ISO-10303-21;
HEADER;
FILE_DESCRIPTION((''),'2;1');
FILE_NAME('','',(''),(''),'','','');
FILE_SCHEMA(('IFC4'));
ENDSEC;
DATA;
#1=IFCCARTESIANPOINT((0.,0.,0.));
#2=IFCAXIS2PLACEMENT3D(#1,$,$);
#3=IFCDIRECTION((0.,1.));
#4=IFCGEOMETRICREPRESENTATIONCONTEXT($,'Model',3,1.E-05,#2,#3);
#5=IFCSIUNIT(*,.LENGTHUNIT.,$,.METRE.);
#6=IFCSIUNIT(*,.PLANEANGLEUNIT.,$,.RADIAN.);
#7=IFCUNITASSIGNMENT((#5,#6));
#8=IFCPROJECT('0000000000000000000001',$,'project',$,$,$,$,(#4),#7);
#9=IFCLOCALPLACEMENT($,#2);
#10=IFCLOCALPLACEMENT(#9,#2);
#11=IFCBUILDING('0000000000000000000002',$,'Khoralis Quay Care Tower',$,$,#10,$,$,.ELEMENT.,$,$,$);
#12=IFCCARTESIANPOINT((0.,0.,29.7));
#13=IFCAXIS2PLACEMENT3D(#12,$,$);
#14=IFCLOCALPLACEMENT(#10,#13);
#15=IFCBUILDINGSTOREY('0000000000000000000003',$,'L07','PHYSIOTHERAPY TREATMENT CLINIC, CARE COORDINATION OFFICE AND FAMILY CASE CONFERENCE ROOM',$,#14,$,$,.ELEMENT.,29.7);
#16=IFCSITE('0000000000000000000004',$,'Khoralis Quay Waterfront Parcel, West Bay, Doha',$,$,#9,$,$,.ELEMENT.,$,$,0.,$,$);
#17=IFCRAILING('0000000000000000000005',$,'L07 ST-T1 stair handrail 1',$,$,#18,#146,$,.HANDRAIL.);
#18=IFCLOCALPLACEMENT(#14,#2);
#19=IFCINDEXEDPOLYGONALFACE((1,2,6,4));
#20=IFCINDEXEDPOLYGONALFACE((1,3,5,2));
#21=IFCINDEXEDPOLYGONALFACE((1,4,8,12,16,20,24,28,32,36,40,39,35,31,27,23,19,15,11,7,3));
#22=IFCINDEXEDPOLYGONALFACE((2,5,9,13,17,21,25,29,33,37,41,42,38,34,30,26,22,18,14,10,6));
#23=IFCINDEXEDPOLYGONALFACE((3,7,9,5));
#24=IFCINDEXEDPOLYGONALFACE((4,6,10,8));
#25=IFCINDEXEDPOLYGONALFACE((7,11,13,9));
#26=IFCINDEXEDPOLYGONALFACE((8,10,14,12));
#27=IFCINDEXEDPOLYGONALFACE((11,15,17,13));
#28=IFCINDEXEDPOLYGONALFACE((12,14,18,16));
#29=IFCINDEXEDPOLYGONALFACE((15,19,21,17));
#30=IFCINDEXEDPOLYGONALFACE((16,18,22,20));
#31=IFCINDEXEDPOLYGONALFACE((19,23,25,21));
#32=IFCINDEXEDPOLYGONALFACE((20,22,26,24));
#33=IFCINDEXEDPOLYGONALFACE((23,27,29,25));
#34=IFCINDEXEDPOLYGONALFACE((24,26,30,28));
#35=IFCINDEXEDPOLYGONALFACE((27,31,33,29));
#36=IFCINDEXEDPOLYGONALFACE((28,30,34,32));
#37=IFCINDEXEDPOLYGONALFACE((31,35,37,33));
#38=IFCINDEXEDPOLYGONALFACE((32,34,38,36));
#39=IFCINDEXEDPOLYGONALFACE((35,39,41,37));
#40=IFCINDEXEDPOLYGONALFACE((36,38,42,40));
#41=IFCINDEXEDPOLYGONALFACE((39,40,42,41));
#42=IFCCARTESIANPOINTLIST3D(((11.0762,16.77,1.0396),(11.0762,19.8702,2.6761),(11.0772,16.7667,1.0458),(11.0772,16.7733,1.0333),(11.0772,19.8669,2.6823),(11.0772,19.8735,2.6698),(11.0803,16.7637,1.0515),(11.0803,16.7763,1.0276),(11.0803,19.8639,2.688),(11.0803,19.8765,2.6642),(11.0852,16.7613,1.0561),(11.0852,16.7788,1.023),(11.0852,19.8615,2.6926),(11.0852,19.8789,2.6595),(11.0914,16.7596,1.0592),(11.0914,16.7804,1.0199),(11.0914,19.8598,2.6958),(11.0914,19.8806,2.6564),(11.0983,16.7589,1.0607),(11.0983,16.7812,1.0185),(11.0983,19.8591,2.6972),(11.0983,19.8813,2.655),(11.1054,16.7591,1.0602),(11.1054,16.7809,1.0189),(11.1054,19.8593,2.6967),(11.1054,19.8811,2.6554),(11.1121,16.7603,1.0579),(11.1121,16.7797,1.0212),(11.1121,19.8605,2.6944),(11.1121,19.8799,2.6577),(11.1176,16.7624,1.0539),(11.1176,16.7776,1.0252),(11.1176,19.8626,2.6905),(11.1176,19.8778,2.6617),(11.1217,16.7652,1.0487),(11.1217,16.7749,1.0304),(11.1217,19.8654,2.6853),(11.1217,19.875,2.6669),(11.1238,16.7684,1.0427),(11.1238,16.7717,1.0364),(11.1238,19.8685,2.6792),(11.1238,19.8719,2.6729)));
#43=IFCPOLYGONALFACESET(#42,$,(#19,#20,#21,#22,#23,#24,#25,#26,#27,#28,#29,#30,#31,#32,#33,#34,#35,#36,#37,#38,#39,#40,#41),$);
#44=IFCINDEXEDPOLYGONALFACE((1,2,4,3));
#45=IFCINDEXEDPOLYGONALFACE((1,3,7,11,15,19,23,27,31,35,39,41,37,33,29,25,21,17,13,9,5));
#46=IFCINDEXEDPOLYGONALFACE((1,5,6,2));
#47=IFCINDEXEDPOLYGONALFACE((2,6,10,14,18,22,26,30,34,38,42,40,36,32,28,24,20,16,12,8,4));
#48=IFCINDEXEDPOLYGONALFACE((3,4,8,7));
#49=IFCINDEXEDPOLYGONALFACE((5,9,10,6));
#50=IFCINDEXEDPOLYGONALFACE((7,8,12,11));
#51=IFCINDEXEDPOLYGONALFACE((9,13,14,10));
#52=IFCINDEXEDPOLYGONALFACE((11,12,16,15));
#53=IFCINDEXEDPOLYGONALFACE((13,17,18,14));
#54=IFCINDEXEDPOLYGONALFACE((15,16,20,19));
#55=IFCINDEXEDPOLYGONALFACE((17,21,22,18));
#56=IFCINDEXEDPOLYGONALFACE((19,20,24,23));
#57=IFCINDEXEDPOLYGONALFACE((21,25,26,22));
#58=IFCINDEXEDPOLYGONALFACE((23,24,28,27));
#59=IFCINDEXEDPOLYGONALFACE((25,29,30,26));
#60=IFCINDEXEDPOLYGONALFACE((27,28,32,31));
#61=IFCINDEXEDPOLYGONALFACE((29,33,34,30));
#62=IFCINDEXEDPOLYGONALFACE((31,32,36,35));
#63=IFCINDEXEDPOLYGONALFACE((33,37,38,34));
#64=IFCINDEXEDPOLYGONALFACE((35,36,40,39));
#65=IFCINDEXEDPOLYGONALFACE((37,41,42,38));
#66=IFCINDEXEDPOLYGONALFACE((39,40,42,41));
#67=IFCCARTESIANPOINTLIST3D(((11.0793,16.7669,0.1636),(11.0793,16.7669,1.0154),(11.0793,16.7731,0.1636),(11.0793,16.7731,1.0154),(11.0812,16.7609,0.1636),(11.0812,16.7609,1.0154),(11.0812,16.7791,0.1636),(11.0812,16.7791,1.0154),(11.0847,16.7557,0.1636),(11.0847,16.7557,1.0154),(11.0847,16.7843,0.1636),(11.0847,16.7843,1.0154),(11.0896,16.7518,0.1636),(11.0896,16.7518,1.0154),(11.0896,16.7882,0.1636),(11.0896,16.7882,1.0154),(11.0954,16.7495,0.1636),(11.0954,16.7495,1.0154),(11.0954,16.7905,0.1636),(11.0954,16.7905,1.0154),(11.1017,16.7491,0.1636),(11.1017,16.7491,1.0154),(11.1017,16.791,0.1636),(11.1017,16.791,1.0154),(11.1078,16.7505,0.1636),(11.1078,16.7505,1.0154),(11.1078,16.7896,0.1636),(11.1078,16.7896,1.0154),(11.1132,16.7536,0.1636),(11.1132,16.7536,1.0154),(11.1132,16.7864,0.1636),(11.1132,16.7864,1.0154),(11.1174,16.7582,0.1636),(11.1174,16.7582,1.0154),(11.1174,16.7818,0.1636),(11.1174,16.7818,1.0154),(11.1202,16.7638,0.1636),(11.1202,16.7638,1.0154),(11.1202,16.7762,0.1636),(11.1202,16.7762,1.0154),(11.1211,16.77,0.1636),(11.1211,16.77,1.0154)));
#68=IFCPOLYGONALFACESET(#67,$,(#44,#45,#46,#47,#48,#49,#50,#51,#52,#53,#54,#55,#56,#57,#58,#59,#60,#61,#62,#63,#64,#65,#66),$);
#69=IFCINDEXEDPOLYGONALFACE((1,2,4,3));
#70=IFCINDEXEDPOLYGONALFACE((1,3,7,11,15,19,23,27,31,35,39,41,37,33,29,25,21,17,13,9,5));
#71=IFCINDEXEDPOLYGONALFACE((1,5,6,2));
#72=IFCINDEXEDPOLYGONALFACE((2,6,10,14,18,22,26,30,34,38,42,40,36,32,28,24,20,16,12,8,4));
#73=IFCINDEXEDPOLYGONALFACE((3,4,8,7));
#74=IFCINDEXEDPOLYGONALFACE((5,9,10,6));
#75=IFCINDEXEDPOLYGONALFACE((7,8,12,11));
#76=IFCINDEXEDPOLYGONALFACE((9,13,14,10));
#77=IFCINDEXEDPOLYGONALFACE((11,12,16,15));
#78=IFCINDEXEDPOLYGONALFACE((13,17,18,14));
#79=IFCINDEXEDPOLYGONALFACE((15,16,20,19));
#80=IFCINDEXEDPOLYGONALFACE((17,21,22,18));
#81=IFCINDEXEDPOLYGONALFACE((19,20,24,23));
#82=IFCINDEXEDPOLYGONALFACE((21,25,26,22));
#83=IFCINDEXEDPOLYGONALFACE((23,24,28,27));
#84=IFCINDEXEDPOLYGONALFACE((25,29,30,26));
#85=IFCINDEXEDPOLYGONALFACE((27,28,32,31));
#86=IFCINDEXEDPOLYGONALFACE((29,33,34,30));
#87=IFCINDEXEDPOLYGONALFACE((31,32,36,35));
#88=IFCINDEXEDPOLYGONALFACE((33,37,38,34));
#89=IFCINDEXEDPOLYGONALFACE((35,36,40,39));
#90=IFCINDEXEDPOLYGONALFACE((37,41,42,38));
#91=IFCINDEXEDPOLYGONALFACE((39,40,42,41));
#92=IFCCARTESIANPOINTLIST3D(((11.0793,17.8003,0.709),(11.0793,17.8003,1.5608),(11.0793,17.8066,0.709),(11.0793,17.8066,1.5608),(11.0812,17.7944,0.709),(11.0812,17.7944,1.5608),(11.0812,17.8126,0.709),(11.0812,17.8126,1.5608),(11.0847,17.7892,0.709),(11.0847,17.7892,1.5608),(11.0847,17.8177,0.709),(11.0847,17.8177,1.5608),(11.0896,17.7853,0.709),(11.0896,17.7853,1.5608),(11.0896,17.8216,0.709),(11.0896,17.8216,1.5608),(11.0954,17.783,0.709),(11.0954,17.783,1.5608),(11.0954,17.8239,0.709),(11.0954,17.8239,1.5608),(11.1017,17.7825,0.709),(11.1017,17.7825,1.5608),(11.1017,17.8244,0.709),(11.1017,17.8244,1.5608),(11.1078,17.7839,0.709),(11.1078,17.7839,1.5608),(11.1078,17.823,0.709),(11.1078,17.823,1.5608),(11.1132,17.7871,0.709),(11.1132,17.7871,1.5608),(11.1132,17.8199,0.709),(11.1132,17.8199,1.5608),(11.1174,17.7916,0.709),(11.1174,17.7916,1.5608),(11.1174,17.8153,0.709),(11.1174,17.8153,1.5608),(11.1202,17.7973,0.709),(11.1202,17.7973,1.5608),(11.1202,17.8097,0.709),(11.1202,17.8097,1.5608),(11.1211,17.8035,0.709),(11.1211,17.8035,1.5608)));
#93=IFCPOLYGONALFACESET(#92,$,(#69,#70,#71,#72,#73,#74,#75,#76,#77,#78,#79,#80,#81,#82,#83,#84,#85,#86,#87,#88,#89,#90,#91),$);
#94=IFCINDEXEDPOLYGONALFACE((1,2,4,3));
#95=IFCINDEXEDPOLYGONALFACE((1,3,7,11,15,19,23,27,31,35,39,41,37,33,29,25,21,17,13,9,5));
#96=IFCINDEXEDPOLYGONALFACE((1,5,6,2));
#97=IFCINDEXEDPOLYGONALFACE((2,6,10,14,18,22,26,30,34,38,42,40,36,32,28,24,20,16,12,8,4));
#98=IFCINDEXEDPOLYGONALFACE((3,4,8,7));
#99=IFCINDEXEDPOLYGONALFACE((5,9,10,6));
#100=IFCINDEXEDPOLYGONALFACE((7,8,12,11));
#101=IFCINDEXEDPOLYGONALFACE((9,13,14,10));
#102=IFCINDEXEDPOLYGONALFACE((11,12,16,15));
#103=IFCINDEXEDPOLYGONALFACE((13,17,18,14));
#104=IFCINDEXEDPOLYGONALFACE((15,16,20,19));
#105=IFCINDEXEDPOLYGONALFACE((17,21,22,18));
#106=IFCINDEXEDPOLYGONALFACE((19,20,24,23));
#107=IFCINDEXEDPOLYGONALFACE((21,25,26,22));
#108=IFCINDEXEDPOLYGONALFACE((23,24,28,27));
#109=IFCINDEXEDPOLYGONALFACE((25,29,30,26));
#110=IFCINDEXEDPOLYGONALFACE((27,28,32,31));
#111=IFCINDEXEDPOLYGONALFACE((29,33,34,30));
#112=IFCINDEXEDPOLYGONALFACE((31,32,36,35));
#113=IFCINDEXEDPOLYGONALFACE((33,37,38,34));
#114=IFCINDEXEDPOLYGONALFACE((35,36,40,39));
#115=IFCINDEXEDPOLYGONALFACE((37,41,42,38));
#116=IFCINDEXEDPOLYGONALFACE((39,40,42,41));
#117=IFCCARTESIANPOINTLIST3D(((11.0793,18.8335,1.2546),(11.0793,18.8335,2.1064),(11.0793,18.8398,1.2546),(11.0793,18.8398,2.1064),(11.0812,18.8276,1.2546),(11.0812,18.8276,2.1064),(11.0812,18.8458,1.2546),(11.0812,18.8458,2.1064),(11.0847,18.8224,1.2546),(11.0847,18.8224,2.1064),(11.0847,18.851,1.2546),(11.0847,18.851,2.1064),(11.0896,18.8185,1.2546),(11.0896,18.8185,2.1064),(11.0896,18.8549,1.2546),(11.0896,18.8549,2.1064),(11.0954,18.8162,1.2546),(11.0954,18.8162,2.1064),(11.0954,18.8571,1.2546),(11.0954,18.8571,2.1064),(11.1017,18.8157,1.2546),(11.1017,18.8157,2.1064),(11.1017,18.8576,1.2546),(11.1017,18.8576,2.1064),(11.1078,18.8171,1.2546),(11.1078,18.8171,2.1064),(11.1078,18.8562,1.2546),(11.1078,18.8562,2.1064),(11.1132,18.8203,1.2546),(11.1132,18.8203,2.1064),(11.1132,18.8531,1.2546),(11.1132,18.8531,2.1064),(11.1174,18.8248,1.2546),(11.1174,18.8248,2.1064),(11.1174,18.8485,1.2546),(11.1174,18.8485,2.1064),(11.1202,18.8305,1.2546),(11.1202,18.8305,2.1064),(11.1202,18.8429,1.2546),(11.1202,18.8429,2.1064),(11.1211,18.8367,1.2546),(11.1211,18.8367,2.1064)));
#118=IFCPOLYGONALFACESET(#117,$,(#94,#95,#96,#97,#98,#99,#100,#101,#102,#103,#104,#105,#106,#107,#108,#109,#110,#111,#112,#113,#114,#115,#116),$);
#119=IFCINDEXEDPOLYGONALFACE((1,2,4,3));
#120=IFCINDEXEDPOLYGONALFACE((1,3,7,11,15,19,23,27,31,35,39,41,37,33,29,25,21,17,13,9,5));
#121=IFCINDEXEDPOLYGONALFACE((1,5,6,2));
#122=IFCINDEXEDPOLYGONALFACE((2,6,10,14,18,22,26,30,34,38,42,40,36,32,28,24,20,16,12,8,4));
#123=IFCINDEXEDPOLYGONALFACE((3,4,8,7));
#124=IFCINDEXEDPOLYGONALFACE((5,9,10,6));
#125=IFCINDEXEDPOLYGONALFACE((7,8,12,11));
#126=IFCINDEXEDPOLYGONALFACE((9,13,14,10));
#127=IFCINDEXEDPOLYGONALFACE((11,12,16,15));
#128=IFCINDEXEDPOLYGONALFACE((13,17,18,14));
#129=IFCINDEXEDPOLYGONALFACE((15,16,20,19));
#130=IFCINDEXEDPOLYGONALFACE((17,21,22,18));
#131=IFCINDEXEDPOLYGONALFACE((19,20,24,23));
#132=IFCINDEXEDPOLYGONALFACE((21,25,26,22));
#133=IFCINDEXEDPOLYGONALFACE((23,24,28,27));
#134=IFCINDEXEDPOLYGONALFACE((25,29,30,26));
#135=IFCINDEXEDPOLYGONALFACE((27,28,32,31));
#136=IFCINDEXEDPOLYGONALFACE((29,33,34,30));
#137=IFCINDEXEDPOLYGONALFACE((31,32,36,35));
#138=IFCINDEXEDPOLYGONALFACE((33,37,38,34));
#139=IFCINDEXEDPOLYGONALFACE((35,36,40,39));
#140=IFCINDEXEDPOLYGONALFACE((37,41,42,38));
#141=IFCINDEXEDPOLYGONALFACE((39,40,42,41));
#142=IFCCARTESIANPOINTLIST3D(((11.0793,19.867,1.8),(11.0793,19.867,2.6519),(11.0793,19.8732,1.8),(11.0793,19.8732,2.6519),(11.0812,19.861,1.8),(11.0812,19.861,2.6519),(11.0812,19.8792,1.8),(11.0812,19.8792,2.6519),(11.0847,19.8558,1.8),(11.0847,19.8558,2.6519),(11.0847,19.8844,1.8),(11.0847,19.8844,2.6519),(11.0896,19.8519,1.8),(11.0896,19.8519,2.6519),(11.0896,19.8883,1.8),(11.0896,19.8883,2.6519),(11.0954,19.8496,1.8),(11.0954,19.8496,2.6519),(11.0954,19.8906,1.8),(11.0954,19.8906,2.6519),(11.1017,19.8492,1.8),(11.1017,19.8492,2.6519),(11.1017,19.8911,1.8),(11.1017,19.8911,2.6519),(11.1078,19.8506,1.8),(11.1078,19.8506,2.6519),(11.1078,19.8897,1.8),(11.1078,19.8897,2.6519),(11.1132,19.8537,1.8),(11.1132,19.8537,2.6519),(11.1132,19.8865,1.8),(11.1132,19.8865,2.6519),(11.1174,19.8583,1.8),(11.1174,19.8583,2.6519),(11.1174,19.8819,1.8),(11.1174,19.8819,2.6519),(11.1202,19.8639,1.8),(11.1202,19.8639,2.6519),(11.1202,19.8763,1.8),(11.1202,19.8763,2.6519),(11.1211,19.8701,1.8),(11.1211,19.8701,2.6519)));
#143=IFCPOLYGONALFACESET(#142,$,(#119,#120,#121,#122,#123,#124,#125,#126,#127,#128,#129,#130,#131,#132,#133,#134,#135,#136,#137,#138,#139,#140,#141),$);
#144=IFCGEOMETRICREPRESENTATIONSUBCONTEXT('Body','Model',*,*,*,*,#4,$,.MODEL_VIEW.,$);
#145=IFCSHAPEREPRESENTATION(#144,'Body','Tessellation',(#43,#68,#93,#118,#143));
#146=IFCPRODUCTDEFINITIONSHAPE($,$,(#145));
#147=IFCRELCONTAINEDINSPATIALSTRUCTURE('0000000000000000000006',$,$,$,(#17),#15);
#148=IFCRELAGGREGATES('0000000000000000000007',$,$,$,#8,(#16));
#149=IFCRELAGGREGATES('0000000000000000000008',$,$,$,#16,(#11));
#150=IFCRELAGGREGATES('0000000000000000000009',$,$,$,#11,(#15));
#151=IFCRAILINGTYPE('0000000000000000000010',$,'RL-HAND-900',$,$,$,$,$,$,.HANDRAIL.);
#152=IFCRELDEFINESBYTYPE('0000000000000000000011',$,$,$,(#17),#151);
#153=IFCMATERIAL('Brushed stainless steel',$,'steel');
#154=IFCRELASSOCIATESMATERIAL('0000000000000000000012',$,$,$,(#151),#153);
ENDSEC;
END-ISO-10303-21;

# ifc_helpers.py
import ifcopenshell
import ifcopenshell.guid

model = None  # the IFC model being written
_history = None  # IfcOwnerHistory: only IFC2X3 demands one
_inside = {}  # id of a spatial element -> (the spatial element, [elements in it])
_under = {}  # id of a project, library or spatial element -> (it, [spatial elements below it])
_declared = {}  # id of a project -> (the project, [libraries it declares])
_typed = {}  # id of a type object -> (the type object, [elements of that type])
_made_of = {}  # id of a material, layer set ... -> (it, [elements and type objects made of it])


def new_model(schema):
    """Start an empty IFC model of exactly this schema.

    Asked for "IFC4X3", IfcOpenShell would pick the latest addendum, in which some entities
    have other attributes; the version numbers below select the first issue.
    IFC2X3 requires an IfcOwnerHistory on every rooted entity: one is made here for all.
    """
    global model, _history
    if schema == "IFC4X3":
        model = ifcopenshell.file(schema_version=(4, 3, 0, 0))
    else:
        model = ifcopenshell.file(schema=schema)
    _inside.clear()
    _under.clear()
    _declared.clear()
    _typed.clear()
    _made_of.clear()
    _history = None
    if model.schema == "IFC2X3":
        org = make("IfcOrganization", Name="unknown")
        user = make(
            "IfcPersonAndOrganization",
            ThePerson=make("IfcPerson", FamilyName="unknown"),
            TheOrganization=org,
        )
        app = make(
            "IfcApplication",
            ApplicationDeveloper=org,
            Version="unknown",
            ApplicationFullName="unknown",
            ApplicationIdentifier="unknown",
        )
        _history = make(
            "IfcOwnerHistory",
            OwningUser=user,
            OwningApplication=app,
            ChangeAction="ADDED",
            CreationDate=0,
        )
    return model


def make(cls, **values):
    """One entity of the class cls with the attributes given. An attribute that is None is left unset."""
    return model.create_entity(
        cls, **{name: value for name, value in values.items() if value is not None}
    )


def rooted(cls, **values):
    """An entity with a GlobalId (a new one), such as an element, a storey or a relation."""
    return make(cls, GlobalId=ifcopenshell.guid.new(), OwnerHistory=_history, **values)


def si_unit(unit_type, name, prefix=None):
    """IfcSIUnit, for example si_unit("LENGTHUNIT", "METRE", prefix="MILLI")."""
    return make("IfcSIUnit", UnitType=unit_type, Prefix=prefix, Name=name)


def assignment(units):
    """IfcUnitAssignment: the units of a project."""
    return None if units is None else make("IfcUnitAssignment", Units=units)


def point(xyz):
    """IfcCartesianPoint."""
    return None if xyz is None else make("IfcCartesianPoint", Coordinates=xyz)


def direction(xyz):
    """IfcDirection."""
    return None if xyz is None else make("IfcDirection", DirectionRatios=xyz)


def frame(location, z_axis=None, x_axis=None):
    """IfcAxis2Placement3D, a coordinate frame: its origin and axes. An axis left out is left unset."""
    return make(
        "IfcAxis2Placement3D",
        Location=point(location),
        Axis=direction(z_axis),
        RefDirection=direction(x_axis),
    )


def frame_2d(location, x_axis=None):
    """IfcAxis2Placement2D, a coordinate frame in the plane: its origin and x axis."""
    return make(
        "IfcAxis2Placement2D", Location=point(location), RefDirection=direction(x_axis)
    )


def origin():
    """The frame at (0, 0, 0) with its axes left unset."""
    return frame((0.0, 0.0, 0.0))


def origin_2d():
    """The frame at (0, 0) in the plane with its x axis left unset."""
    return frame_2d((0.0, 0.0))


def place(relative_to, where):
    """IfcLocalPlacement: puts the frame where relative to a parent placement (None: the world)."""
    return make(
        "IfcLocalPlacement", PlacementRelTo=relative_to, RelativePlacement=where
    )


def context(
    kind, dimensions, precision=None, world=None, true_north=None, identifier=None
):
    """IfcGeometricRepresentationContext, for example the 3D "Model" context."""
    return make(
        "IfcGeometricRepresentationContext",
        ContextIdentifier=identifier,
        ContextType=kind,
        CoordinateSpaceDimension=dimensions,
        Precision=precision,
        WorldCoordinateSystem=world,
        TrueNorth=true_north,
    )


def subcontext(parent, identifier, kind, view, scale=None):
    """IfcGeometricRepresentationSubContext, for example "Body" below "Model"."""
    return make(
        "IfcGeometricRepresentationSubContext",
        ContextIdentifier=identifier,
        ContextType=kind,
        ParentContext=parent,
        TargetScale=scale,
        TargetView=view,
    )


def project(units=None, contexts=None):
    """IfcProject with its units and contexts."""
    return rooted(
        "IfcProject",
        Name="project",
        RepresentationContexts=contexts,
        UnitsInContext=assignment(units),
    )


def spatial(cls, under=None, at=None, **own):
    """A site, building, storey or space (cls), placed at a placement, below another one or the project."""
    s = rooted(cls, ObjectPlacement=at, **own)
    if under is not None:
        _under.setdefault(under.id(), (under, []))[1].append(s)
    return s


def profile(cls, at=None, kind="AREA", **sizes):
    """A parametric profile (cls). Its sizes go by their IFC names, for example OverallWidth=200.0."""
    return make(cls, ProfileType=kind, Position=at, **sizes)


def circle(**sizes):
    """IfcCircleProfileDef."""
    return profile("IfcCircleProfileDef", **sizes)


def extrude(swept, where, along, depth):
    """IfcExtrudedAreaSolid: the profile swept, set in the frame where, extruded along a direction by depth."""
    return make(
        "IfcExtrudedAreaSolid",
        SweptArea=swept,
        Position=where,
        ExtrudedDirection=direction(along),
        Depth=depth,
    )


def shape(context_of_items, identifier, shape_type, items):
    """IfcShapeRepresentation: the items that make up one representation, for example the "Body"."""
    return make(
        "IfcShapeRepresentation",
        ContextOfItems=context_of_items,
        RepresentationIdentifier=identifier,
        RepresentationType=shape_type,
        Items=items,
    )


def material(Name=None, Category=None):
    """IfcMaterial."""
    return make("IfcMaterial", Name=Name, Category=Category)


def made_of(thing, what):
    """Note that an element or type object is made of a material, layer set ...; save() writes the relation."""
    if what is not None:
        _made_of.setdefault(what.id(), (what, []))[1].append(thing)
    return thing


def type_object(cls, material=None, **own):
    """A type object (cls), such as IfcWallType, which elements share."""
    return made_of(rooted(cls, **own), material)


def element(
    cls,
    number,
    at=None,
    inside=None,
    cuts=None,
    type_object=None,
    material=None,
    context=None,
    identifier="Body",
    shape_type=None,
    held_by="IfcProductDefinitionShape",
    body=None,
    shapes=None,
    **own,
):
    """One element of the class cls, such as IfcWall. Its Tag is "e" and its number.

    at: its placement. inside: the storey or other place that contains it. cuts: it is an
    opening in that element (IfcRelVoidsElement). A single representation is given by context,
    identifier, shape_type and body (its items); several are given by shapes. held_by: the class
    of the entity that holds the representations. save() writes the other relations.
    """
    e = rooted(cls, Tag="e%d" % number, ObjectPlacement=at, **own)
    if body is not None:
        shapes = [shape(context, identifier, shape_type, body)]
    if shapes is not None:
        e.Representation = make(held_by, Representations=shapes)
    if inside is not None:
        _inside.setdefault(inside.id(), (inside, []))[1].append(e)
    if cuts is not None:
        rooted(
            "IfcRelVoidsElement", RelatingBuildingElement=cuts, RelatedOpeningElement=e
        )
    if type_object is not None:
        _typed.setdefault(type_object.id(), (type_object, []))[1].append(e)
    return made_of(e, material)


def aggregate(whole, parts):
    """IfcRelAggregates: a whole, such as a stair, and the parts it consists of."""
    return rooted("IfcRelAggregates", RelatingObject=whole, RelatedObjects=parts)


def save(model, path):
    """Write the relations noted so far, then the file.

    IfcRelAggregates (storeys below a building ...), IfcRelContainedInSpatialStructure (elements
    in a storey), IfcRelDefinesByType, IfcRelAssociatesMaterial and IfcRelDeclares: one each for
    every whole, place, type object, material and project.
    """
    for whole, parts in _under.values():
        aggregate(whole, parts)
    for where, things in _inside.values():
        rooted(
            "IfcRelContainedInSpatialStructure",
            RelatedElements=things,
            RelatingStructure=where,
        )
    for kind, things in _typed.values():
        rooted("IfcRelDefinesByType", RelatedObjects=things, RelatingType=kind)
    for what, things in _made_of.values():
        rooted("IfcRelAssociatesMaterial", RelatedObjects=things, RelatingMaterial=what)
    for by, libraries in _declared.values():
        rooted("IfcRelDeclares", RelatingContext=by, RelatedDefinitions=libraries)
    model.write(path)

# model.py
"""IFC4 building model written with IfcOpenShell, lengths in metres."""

from ifc_helpers import new_model, si_unit, direction, frame, origin, origin_2d, place, context, subcontext, project, spatial, circle, extrude, material, type_object, element, save


model = new_model("IFC4")

# Units and contexts
model_context = context("Model", 3, precision=1e-05, world=origin(), true_north=direction((0.0, 1.0)))
body_context = subcontext(model_context, "Body", "Model", "MODEL_VIEW")
ifc_project = project(units=[si_unit("LENGTHUNIT", "METRE"), si_unit("PLANEANGLEUNIT", "RADIAN")], contexts=[model_context])

# Site, building, storey
site_placement = place(None, origin())
site = spatial("IfcSite", under=ifc_project, at=site_placement, Name="Khoralis Quay Waterfront Parcel, West Bay, Doha", CompositionType="ELEMENT", RefElevation=0.0)
building_placement = place(site_placement, origin())
building = spatial("IfcBuilding", under=site, at=building_placement, Name="Khoralis Quay Care Tower", CompositionType="ELEMENT")
storey_placement = place(building_placement, frame((0.0, 0.0, 29.7)))
storey = spatial("IfcBuildingStorey", under=building, at=storey_placement, Name="L07", Description="PHYSIOTHERAPY TREATMENT CLINIC, CARE COORDINATION OFFICE AND FAMILY CASE CONFERENCE ROOM", CompositionType="ELEMENT", Elevation=29.7)

# Shared definitions
ifc_material_1 = material(Name="Brushed stainless steel", Category="steel")

# Railing
railing_type_1 = type_object("IfcRailingType", Name="RL-HAND-900", PredefinedType="HANDRAIL", material=ifc_material_1)
railing_1_placement = place(storey_placement, frame((11.1001, 16.77, 0.1636)))
element("IfcRailing", 1, at=railing_1_placement, inside=storey, type_object=railing_type_1, Name="L07 ST-T1 stair handrail 1", PredefinedType="HANDRAIL", context=body_context, shape_type="SweptSolid", body=[
    extrude(circle(Radius=0.0239, at=origin_2d()), frame((0.0, 0.0, 0.876), z_axis=(0.0, 0.884348, 0.466828), x_axis=(-1.0, 0.0, 0.0)), (0.0, 0.0, 1.0), 3.5056),
    extrude(circle(Radius=0.021, at=origin_2d()), origin(), (0.0, 0.0, 1.0), 0.8518),
    extrude(circle(Radius=0.021, at=origin_2d()), frame((0.0, 1.0334, 0.5454)), (0.0, 0.0, 1.0), 0.8518),
    extrude(circle(Radius=0.021, at=origin_2d()), frame((0.0, 2.0667, 1.0911)), (0.0, 0.0, 1.0), 0.8518),
    extrude(circle(Radius=0.021, at=origin_2d()), frame((0.0, 3.1001, 1.6365)), (0.0, 0.0, 1.0), 0.8518),
])

save(model, "model.ifc")
